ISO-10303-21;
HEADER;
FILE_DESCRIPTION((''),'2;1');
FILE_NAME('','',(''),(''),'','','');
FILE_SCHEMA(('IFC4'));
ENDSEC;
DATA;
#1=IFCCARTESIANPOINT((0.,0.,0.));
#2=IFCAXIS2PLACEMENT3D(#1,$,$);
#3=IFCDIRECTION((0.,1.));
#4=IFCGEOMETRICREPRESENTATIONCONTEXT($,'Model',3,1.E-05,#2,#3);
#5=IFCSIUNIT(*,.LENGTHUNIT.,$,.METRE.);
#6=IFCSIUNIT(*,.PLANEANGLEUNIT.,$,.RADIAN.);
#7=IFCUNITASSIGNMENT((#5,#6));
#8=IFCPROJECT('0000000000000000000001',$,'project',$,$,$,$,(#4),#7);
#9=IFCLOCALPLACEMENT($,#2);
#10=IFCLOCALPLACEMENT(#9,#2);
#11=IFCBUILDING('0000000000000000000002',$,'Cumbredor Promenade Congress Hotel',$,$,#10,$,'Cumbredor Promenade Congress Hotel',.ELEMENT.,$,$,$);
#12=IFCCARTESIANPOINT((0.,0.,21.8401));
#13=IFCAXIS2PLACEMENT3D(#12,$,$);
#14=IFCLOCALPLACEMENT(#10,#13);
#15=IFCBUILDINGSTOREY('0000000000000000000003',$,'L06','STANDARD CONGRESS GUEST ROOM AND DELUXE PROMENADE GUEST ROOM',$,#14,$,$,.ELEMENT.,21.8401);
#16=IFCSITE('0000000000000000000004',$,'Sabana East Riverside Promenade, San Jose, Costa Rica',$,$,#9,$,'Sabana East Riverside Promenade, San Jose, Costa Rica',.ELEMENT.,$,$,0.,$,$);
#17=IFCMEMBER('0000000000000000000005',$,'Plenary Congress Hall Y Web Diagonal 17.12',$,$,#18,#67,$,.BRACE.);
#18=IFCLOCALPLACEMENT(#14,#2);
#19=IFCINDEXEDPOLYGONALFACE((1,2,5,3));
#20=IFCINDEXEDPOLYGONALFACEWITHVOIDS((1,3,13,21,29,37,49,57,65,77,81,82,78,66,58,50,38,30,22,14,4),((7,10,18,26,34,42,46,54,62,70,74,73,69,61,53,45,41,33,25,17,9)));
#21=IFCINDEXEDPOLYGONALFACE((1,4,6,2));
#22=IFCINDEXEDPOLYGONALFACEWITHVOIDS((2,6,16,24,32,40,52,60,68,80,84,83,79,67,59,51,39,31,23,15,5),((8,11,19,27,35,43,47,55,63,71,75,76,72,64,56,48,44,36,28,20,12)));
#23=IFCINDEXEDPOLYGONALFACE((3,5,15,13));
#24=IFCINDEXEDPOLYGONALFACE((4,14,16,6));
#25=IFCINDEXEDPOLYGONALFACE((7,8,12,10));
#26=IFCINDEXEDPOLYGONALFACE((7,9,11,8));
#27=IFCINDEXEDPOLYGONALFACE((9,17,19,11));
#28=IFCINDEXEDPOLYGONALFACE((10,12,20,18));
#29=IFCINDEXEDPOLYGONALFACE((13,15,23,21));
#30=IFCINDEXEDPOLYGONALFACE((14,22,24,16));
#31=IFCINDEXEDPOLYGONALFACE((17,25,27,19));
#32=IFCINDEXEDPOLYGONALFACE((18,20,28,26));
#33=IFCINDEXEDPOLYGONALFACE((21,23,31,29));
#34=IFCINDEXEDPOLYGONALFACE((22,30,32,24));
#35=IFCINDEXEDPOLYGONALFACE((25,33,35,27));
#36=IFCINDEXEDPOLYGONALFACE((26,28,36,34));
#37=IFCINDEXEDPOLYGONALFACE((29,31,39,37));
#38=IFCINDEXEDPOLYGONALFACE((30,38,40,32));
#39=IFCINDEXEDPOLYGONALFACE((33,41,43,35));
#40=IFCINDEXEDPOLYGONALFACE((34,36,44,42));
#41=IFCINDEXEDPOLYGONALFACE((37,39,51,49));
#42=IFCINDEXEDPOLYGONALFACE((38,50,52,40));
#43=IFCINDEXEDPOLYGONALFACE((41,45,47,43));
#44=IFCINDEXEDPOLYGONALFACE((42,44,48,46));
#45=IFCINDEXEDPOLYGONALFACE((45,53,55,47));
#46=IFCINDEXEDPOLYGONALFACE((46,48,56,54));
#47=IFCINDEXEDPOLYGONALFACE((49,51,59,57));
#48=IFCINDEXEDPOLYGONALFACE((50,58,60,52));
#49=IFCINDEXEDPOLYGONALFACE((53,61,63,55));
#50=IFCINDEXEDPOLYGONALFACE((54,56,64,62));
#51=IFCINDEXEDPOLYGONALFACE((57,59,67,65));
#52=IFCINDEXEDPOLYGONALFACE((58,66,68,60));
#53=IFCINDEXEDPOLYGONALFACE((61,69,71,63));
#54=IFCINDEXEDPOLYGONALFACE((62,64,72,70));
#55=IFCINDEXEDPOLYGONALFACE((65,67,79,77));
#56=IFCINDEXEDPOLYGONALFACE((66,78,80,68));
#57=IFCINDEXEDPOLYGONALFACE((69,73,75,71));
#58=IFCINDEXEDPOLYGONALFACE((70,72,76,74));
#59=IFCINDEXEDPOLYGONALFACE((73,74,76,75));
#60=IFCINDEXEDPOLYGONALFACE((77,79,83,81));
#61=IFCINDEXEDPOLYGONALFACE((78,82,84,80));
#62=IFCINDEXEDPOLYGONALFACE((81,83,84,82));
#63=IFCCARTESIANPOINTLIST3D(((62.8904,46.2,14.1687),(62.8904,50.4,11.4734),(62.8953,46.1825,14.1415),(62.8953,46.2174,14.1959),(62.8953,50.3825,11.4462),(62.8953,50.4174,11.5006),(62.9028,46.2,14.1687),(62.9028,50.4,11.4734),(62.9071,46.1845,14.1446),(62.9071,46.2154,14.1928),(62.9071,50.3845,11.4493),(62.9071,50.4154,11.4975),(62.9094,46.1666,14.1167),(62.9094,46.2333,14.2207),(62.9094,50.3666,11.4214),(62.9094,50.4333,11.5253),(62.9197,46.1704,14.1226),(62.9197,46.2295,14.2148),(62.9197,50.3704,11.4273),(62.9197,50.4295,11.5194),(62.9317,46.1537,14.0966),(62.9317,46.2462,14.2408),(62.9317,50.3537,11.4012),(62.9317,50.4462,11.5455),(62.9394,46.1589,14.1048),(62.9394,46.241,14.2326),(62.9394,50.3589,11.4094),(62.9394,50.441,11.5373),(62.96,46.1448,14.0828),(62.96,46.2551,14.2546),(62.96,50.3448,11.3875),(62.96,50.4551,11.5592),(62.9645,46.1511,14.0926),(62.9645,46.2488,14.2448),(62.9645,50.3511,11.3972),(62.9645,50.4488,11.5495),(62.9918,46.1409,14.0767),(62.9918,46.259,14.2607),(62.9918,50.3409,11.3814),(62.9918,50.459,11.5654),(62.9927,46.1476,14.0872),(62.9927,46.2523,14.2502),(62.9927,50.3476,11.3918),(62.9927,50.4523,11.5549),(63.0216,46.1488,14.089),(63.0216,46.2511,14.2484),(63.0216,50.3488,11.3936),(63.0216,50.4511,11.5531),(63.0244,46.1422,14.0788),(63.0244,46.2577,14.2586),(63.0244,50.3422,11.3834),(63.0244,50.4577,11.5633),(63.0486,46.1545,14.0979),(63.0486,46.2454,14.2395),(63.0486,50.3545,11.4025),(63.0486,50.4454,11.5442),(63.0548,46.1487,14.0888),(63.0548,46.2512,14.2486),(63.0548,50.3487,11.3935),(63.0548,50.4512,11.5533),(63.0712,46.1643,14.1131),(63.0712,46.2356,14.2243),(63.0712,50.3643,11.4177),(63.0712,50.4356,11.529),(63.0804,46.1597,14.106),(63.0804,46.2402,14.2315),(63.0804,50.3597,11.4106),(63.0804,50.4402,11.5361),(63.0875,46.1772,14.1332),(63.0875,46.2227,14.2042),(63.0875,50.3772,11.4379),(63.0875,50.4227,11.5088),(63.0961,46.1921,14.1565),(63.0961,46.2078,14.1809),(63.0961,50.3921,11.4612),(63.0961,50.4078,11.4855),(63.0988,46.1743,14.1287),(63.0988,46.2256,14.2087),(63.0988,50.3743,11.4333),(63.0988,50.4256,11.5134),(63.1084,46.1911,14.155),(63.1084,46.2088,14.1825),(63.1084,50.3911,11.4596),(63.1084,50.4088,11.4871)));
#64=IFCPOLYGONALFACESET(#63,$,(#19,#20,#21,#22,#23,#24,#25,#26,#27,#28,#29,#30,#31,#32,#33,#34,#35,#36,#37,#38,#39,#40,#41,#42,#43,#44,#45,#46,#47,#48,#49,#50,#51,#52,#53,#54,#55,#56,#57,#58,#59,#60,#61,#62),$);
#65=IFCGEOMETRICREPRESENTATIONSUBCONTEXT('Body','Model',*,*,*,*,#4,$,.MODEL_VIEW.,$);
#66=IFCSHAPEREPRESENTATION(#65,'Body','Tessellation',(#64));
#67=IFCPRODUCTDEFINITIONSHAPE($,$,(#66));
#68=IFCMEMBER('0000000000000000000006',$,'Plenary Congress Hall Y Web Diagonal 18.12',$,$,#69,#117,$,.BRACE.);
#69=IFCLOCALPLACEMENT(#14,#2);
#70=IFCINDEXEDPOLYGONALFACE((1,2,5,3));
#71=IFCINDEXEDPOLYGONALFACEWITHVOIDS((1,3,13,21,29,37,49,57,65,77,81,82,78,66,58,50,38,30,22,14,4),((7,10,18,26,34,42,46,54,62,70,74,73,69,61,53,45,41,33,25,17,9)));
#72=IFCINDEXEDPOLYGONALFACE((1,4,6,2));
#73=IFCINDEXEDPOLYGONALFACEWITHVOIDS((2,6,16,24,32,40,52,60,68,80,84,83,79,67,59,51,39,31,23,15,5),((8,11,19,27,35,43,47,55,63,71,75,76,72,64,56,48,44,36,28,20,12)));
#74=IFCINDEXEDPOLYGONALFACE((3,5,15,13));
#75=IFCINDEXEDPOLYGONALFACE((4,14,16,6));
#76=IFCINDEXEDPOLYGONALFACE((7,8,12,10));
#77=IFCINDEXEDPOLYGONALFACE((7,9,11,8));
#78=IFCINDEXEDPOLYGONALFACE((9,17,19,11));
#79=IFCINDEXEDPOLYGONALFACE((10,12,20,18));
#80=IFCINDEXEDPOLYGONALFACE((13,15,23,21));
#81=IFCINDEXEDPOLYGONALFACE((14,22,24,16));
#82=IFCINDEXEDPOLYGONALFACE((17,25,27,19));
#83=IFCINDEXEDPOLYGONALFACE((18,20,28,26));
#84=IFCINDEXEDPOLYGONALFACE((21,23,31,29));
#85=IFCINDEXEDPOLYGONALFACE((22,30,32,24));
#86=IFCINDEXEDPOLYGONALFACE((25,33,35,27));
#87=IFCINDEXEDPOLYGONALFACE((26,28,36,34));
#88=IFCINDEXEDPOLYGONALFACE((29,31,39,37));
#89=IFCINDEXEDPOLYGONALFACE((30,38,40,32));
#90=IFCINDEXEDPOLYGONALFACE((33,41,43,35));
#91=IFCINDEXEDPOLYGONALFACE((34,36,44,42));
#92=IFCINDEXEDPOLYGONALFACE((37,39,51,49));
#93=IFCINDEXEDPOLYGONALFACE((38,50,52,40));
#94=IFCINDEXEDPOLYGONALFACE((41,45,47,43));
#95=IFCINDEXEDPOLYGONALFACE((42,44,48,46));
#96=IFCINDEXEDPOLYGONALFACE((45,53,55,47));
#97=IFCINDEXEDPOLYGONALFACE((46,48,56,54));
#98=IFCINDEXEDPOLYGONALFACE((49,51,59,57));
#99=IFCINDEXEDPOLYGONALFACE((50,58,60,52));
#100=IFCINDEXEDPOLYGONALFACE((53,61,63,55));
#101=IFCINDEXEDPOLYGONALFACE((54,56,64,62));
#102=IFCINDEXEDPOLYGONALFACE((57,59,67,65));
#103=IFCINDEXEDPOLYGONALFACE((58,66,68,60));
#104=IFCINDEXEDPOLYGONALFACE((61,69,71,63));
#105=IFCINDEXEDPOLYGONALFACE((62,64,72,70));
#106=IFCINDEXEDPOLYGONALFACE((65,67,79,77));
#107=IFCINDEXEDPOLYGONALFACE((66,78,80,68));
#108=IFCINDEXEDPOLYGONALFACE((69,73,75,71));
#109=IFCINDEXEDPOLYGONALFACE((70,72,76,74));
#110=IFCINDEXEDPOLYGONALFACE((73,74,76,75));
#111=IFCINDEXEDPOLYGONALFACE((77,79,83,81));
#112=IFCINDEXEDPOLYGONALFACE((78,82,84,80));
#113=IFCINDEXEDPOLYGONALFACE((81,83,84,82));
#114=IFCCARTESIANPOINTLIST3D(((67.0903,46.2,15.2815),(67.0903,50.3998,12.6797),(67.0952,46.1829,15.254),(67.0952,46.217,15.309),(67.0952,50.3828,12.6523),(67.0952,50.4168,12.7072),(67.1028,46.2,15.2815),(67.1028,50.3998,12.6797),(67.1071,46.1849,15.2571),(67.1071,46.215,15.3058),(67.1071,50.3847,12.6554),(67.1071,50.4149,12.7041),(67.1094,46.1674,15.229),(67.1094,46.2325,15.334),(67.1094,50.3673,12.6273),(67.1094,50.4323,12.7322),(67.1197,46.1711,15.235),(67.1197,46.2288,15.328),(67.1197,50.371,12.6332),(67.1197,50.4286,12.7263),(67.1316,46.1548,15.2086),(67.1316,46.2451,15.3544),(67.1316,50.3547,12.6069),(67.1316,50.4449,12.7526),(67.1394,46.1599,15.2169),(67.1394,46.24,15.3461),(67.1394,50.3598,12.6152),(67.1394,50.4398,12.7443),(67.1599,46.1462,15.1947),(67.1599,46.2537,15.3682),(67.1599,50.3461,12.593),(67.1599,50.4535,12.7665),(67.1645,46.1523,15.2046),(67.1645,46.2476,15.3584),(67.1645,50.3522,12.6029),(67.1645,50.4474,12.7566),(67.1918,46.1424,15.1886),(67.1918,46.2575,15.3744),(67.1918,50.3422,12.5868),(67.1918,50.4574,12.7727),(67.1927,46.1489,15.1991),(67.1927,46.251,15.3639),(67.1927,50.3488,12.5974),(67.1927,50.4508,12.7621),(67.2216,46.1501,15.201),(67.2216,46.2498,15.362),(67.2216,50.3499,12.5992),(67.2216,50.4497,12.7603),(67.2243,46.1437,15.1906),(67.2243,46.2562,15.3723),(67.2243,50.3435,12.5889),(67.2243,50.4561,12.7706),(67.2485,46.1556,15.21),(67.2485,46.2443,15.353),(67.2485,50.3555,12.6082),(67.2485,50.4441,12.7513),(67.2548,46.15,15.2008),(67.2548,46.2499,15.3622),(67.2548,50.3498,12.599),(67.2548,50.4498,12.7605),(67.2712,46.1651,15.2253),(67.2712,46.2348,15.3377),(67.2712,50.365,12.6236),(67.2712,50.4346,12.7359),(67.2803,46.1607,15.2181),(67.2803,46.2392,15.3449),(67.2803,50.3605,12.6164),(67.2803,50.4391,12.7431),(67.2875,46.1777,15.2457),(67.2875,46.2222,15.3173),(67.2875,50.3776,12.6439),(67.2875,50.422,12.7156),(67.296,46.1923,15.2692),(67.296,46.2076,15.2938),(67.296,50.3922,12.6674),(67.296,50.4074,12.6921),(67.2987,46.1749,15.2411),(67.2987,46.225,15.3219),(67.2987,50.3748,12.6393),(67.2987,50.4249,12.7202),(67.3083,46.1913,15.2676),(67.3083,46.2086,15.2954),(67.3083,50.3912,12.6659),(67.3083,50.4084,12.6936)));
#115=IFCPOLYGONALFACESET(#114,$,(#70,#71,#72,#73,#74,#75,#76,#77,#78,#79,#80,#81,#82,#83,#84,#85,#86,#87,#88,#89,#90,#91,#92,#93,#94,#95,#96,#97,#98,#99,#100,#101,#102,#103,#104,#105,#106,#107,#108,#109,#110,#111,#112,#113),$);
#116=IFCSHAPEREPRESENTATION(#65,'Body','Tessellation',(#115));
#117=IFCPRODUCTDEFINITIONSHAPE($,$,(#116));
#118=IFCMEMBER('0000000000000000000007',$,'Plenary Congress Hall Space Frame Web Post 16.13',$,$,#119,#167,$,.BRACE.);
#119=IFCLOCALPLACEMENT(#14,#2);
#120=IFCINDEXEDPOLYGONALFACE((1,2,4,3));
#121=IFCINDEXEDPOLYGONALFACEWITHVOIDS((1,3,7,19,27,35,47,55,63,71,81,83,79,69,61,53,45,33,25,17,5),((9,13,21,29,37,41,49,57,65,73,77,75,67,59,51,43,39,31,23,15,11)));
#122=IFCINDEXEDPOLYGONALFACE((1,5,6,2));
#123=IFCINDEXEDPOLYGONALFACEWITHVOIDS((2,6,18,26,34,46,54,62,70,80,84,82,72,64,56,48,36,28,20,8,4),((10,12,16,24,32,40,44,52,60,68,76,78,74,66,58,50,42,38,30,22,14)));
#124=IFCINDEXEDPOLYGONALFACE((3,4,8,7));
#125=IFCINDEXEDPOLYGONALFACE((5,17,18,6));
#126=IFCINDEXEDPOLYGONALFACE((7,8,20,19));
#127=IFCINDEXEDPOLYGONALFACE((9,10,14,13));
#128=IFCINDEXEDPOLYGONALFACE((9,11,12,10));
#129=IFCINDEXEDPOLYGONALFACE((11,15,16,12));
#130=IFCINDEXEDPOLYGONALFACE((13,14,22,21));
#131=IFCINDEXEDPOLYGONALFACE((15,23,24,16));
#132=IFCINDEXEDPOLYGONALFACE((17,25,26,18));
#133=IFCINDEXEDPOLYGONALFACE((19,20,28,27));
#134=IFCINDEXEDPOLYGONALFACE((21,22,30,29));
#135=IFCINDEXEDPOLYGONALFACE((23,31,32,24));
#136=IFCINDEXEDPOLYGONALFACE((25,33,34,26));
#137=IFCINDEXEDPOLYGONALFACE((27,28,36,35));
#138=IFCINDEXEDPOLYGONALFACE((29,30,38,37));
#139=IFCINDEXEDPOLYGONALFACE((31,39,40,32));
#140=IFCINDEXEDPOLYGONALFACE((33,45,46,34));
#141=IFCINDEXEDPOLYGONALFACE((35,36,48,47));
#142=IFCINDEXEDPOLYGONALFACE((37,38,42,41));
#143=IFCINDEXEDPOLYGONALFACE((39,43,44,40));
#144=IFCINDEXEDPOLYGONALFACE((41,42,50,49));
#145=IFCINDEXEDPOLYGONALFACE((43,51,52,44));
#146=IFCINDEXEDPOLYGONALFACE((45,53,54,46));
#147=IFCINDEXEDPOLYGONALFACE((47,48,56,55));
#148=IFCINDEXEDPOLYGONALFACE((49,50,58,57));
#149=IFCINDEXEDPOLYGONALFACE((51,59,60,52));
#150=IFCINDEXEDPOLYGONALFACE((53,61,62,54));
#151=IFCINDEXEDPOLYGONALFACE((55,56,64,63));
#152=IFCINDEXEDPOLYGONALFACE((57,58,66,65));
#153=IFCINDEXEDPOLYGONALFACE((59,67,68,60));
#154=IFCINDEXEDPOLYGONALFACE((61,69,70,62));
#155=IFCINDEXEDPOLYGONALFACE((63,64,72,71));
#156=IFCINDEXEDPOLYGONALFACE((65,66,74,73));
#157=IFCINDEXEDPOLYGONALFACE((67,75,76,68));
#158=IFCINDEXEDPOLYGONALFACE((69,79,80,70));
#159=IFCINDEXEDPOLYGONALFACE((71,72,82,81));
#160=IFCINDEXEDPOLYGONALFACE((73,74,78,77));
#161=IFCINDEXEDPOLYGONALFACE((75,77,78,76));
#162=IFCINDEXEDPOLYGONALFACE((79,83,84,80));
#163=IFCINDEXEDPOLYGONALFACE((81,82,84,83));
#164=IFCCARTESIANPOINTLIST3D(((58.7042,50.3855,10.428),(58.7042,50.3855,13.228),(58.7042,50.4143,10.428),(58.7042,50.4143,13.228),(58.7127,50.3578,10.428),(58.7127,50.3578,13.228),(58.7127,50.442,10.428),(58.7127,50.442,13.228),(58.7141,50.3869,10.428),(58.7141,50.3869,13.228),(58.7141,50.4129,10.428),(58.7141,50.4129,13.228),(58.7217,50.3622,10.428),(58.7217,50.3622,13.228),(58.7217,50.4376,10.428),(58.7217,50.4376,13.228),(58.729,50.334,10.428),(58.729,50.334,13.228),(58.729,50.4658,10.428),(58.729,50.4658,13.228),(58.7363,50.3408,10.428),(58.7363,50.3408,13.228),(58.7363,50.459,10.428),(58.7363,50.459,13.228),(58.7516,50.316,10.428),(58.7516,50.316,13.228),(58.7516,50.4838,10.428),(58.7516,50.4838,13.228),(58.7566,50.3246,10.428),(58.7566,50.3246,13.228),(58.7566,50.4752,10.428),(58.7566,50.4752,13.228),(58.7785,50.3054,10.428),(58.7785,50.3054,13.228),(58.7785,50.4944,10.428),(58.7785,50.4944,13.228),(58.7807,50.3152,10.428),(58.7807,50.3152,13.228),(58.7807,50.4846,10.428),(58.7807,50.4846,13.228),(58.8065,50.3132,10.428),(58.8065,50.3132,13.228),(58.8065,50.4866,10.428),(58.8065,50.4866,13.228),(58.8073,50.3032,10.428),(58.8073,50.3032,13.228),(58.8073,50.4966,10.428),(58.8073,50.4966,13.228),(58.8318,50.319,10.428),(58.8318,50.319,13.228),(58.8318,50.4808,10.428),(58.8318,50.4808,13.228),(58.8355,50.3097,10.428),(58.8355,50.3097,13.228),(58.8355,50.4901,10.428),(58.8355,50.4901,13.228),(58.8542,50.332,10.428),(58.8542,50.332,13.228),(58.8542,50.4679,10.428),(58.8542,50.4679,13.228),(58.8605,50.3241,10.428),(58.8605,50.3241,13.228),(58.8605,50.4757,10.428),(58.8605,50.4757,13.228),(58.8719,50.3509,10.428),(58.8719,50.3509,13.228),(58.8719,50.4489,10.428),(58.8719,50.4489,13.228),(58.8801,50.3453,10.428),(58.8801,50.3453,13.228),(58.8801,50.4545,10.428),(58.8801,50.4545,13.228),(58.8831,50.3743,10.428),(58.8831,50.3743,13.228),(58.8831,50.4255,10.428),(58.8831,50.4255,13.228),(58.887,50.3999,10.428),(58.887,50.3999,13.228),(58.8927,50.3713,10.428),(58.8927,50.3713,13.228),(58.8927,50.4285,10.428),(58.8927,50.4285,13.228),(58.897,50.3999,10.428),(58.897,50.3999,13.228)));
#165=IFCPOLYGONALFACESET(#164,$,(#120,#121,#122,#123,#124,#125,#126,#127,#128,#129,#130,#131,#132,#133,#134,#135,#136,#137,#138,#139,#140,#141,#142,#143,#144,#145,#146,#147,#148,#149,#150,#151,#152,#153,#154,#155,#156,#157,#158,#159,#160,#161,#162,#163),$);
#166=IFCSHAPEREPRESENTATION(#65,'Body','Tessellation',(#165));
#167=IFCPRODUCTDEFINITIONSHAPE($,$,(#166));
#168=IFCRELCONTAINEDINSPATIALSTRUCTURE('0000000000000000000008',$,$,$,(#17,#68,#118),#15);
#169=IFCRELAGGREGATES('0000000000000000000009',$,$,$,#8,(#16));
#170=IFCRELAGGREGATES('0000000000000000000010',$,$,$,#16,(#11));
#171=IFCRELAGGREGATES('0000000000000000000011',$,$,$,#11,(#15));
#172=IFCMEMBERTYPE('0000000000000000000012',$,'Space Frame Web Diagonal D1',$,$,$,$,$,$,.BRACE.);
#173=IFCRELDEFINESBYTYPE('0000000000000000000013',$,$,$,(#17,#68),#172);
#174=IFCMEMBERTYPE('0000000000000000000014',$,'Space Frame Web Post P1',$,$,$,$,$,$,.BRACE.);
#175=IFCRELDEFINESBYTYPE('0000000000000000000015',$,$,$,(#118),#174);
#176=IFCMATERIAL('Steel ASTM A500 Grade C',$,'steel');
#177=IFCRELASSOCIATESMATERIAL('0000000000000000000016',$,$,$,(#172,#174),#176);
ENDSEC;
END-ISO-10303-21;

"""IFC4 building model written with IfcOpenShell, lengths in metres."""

from ifc_helpers import new_model, si_unit, direction, frame, origin, origin_2d, place, context, subcontext, project, spatial, hollow_circle, extrude, material, material_profile, profile_set, type_object, element, save


model = new_model("IFC4")

# Units and contexts
model_context = context("Model", 3, precision=1e-05, world=origin(), true_north=direction((0.0, 1.0)))
body_context = subcontext(model_context, "Body", "Model", "MODEL_VIEW")
ifc_project = project(units=[si_unit("LENGTHUNIT", "METRE"), si_unit("PLANEANGLEUNIT", "RADIAN")], contexts=[model_context])

# Site, building, storey
site_placement = place(None, origin())
site = spatial("IfcSite", under=ifc_project, at=site_placement, Name="Sabana East Riverside Promenade, San Jose, Costa Rica", LongName="Sabana East Riverside Promenade, San Jose, Costa Rica", CompositionType="ELEMENT", RefElevation=0.0)
building_placement = place(site_placement, origin())
building = spatial("IfcBuilding", under=site, at=building_placement, Name="Cumbredor Promenade Congress Hotel", LongName="Cumbredor Promenade Congress Hotel", CompositionType="ELEMENT")
storey_placement = place(building_placement, frame((0.0, 0.0, 21.8401)))
storey = spatial("IfcBuildingStorey", under=building, at=storey_placement, Name="L06", Description="STANDARD CONGRESS GUEST ROOM AND DELUXE PROMENADE GUEST ROOM", CompositionType="ELEMENT", Elevation=21.8401)

# Members
ifc_material_1 = material(Name="Steel ASTM A500 Grade C", Category="steel")
ifc_material_profile_1 = material_profile(ifc_material_1, hollow_circle(Radius=0.1096, WallThickness=0.0125, at=origin_2d()), Name="CHS 219.1x12.5")
ifc_profile_set_1 = profile_set([ifc_material_profile_1], Name="Steel ASTM A500 Grade C")
member_type_1 = type_object("IfcMemberType", Name="Space Frame Web Diagonal D1", PredefinedType="BRACE", material=ifc_profile_set_1)
member_1_placement = place(storey_placement, frame((63.0, 46.2, 14.1687), z_axis=(0.0, 0.841603, -0.540097), x_axis=(-1.0, 0.0, 0.0)))
element("IfcMember", 1, at=member_1_placement, inside=storey, type_object=member_type_1, Name="Plenary Congress Hall Y Web Diagonal 17.12", PredefinedType="BRACE", context=body_context, shape_type="SweptSolid", body=[
    extrude(hollow_circle(Radius=0.1096, WallThickness=0.0125, at=origin_2d()), origin(), (0.0, 0.0, 1.0), 4.9905),
])
member_2_placement = place(storey_placement, frame((67.2, 46.2, 15.2815), z_axis=(0.0, 0.850099, -0.526623), x_axis=(-1.0, 0.0, 0.0)))
element("IfcMember", 2, at=member_2_placement, inside=storey, type_object=member_type_1, Name="Plenary Congress Hall Y Web Diagonal 18.12", PredefinedType="BRACE", context=body_context, shape_type="SweptSolid", body=[
    extrude(hollow_circle(Radius=0.1096, WallThickness=0.0125, at=origin_2d()), origin(), (0.0, 0.0, 1.0), 4.9404),
])
ifc_material_profile_2 = material_profile(ifc_material_1, hollow_circle(Radius=0.0969, WallThickness=0.01, at=origin_2d()), Name="CHS 193.7x10")
ifc_profile_set_2 = profile_set([ifc_material_profile_2], Name="Steel ASTM A500 Grade C")
member_type_2 = type_object("IfcMemberType", Name="Space Frame Web Post P1", PredefinedType="BRACE", material=ifc_profile_set_2)
for number, where, z_axis, x_axis, name in (
    (3, (58.8, 50.3999, 10.428), (0.0, 0.0, 1.0), (1.0, 0.0, 0.0), "Plenary Congress Hall Space Frame Web Post 16.13"),
):
    element("IfcMember", number, at=place(storey_placement, frame(where, z_axis=z_axis, x_axis=x_axis)), inside=storey, type_object=member_type_2, Name=name, PredefinedType="BRACE", context=body_context, shape_type="SweptSolid", body=[
        extrude(hollow_circle(Radius=0.0969, WallThickness=0.01, at=origin_2d()), origin(), (0.0, 0.0, 1.0), 2.8),
    ])

save(model, "model.ifc")
